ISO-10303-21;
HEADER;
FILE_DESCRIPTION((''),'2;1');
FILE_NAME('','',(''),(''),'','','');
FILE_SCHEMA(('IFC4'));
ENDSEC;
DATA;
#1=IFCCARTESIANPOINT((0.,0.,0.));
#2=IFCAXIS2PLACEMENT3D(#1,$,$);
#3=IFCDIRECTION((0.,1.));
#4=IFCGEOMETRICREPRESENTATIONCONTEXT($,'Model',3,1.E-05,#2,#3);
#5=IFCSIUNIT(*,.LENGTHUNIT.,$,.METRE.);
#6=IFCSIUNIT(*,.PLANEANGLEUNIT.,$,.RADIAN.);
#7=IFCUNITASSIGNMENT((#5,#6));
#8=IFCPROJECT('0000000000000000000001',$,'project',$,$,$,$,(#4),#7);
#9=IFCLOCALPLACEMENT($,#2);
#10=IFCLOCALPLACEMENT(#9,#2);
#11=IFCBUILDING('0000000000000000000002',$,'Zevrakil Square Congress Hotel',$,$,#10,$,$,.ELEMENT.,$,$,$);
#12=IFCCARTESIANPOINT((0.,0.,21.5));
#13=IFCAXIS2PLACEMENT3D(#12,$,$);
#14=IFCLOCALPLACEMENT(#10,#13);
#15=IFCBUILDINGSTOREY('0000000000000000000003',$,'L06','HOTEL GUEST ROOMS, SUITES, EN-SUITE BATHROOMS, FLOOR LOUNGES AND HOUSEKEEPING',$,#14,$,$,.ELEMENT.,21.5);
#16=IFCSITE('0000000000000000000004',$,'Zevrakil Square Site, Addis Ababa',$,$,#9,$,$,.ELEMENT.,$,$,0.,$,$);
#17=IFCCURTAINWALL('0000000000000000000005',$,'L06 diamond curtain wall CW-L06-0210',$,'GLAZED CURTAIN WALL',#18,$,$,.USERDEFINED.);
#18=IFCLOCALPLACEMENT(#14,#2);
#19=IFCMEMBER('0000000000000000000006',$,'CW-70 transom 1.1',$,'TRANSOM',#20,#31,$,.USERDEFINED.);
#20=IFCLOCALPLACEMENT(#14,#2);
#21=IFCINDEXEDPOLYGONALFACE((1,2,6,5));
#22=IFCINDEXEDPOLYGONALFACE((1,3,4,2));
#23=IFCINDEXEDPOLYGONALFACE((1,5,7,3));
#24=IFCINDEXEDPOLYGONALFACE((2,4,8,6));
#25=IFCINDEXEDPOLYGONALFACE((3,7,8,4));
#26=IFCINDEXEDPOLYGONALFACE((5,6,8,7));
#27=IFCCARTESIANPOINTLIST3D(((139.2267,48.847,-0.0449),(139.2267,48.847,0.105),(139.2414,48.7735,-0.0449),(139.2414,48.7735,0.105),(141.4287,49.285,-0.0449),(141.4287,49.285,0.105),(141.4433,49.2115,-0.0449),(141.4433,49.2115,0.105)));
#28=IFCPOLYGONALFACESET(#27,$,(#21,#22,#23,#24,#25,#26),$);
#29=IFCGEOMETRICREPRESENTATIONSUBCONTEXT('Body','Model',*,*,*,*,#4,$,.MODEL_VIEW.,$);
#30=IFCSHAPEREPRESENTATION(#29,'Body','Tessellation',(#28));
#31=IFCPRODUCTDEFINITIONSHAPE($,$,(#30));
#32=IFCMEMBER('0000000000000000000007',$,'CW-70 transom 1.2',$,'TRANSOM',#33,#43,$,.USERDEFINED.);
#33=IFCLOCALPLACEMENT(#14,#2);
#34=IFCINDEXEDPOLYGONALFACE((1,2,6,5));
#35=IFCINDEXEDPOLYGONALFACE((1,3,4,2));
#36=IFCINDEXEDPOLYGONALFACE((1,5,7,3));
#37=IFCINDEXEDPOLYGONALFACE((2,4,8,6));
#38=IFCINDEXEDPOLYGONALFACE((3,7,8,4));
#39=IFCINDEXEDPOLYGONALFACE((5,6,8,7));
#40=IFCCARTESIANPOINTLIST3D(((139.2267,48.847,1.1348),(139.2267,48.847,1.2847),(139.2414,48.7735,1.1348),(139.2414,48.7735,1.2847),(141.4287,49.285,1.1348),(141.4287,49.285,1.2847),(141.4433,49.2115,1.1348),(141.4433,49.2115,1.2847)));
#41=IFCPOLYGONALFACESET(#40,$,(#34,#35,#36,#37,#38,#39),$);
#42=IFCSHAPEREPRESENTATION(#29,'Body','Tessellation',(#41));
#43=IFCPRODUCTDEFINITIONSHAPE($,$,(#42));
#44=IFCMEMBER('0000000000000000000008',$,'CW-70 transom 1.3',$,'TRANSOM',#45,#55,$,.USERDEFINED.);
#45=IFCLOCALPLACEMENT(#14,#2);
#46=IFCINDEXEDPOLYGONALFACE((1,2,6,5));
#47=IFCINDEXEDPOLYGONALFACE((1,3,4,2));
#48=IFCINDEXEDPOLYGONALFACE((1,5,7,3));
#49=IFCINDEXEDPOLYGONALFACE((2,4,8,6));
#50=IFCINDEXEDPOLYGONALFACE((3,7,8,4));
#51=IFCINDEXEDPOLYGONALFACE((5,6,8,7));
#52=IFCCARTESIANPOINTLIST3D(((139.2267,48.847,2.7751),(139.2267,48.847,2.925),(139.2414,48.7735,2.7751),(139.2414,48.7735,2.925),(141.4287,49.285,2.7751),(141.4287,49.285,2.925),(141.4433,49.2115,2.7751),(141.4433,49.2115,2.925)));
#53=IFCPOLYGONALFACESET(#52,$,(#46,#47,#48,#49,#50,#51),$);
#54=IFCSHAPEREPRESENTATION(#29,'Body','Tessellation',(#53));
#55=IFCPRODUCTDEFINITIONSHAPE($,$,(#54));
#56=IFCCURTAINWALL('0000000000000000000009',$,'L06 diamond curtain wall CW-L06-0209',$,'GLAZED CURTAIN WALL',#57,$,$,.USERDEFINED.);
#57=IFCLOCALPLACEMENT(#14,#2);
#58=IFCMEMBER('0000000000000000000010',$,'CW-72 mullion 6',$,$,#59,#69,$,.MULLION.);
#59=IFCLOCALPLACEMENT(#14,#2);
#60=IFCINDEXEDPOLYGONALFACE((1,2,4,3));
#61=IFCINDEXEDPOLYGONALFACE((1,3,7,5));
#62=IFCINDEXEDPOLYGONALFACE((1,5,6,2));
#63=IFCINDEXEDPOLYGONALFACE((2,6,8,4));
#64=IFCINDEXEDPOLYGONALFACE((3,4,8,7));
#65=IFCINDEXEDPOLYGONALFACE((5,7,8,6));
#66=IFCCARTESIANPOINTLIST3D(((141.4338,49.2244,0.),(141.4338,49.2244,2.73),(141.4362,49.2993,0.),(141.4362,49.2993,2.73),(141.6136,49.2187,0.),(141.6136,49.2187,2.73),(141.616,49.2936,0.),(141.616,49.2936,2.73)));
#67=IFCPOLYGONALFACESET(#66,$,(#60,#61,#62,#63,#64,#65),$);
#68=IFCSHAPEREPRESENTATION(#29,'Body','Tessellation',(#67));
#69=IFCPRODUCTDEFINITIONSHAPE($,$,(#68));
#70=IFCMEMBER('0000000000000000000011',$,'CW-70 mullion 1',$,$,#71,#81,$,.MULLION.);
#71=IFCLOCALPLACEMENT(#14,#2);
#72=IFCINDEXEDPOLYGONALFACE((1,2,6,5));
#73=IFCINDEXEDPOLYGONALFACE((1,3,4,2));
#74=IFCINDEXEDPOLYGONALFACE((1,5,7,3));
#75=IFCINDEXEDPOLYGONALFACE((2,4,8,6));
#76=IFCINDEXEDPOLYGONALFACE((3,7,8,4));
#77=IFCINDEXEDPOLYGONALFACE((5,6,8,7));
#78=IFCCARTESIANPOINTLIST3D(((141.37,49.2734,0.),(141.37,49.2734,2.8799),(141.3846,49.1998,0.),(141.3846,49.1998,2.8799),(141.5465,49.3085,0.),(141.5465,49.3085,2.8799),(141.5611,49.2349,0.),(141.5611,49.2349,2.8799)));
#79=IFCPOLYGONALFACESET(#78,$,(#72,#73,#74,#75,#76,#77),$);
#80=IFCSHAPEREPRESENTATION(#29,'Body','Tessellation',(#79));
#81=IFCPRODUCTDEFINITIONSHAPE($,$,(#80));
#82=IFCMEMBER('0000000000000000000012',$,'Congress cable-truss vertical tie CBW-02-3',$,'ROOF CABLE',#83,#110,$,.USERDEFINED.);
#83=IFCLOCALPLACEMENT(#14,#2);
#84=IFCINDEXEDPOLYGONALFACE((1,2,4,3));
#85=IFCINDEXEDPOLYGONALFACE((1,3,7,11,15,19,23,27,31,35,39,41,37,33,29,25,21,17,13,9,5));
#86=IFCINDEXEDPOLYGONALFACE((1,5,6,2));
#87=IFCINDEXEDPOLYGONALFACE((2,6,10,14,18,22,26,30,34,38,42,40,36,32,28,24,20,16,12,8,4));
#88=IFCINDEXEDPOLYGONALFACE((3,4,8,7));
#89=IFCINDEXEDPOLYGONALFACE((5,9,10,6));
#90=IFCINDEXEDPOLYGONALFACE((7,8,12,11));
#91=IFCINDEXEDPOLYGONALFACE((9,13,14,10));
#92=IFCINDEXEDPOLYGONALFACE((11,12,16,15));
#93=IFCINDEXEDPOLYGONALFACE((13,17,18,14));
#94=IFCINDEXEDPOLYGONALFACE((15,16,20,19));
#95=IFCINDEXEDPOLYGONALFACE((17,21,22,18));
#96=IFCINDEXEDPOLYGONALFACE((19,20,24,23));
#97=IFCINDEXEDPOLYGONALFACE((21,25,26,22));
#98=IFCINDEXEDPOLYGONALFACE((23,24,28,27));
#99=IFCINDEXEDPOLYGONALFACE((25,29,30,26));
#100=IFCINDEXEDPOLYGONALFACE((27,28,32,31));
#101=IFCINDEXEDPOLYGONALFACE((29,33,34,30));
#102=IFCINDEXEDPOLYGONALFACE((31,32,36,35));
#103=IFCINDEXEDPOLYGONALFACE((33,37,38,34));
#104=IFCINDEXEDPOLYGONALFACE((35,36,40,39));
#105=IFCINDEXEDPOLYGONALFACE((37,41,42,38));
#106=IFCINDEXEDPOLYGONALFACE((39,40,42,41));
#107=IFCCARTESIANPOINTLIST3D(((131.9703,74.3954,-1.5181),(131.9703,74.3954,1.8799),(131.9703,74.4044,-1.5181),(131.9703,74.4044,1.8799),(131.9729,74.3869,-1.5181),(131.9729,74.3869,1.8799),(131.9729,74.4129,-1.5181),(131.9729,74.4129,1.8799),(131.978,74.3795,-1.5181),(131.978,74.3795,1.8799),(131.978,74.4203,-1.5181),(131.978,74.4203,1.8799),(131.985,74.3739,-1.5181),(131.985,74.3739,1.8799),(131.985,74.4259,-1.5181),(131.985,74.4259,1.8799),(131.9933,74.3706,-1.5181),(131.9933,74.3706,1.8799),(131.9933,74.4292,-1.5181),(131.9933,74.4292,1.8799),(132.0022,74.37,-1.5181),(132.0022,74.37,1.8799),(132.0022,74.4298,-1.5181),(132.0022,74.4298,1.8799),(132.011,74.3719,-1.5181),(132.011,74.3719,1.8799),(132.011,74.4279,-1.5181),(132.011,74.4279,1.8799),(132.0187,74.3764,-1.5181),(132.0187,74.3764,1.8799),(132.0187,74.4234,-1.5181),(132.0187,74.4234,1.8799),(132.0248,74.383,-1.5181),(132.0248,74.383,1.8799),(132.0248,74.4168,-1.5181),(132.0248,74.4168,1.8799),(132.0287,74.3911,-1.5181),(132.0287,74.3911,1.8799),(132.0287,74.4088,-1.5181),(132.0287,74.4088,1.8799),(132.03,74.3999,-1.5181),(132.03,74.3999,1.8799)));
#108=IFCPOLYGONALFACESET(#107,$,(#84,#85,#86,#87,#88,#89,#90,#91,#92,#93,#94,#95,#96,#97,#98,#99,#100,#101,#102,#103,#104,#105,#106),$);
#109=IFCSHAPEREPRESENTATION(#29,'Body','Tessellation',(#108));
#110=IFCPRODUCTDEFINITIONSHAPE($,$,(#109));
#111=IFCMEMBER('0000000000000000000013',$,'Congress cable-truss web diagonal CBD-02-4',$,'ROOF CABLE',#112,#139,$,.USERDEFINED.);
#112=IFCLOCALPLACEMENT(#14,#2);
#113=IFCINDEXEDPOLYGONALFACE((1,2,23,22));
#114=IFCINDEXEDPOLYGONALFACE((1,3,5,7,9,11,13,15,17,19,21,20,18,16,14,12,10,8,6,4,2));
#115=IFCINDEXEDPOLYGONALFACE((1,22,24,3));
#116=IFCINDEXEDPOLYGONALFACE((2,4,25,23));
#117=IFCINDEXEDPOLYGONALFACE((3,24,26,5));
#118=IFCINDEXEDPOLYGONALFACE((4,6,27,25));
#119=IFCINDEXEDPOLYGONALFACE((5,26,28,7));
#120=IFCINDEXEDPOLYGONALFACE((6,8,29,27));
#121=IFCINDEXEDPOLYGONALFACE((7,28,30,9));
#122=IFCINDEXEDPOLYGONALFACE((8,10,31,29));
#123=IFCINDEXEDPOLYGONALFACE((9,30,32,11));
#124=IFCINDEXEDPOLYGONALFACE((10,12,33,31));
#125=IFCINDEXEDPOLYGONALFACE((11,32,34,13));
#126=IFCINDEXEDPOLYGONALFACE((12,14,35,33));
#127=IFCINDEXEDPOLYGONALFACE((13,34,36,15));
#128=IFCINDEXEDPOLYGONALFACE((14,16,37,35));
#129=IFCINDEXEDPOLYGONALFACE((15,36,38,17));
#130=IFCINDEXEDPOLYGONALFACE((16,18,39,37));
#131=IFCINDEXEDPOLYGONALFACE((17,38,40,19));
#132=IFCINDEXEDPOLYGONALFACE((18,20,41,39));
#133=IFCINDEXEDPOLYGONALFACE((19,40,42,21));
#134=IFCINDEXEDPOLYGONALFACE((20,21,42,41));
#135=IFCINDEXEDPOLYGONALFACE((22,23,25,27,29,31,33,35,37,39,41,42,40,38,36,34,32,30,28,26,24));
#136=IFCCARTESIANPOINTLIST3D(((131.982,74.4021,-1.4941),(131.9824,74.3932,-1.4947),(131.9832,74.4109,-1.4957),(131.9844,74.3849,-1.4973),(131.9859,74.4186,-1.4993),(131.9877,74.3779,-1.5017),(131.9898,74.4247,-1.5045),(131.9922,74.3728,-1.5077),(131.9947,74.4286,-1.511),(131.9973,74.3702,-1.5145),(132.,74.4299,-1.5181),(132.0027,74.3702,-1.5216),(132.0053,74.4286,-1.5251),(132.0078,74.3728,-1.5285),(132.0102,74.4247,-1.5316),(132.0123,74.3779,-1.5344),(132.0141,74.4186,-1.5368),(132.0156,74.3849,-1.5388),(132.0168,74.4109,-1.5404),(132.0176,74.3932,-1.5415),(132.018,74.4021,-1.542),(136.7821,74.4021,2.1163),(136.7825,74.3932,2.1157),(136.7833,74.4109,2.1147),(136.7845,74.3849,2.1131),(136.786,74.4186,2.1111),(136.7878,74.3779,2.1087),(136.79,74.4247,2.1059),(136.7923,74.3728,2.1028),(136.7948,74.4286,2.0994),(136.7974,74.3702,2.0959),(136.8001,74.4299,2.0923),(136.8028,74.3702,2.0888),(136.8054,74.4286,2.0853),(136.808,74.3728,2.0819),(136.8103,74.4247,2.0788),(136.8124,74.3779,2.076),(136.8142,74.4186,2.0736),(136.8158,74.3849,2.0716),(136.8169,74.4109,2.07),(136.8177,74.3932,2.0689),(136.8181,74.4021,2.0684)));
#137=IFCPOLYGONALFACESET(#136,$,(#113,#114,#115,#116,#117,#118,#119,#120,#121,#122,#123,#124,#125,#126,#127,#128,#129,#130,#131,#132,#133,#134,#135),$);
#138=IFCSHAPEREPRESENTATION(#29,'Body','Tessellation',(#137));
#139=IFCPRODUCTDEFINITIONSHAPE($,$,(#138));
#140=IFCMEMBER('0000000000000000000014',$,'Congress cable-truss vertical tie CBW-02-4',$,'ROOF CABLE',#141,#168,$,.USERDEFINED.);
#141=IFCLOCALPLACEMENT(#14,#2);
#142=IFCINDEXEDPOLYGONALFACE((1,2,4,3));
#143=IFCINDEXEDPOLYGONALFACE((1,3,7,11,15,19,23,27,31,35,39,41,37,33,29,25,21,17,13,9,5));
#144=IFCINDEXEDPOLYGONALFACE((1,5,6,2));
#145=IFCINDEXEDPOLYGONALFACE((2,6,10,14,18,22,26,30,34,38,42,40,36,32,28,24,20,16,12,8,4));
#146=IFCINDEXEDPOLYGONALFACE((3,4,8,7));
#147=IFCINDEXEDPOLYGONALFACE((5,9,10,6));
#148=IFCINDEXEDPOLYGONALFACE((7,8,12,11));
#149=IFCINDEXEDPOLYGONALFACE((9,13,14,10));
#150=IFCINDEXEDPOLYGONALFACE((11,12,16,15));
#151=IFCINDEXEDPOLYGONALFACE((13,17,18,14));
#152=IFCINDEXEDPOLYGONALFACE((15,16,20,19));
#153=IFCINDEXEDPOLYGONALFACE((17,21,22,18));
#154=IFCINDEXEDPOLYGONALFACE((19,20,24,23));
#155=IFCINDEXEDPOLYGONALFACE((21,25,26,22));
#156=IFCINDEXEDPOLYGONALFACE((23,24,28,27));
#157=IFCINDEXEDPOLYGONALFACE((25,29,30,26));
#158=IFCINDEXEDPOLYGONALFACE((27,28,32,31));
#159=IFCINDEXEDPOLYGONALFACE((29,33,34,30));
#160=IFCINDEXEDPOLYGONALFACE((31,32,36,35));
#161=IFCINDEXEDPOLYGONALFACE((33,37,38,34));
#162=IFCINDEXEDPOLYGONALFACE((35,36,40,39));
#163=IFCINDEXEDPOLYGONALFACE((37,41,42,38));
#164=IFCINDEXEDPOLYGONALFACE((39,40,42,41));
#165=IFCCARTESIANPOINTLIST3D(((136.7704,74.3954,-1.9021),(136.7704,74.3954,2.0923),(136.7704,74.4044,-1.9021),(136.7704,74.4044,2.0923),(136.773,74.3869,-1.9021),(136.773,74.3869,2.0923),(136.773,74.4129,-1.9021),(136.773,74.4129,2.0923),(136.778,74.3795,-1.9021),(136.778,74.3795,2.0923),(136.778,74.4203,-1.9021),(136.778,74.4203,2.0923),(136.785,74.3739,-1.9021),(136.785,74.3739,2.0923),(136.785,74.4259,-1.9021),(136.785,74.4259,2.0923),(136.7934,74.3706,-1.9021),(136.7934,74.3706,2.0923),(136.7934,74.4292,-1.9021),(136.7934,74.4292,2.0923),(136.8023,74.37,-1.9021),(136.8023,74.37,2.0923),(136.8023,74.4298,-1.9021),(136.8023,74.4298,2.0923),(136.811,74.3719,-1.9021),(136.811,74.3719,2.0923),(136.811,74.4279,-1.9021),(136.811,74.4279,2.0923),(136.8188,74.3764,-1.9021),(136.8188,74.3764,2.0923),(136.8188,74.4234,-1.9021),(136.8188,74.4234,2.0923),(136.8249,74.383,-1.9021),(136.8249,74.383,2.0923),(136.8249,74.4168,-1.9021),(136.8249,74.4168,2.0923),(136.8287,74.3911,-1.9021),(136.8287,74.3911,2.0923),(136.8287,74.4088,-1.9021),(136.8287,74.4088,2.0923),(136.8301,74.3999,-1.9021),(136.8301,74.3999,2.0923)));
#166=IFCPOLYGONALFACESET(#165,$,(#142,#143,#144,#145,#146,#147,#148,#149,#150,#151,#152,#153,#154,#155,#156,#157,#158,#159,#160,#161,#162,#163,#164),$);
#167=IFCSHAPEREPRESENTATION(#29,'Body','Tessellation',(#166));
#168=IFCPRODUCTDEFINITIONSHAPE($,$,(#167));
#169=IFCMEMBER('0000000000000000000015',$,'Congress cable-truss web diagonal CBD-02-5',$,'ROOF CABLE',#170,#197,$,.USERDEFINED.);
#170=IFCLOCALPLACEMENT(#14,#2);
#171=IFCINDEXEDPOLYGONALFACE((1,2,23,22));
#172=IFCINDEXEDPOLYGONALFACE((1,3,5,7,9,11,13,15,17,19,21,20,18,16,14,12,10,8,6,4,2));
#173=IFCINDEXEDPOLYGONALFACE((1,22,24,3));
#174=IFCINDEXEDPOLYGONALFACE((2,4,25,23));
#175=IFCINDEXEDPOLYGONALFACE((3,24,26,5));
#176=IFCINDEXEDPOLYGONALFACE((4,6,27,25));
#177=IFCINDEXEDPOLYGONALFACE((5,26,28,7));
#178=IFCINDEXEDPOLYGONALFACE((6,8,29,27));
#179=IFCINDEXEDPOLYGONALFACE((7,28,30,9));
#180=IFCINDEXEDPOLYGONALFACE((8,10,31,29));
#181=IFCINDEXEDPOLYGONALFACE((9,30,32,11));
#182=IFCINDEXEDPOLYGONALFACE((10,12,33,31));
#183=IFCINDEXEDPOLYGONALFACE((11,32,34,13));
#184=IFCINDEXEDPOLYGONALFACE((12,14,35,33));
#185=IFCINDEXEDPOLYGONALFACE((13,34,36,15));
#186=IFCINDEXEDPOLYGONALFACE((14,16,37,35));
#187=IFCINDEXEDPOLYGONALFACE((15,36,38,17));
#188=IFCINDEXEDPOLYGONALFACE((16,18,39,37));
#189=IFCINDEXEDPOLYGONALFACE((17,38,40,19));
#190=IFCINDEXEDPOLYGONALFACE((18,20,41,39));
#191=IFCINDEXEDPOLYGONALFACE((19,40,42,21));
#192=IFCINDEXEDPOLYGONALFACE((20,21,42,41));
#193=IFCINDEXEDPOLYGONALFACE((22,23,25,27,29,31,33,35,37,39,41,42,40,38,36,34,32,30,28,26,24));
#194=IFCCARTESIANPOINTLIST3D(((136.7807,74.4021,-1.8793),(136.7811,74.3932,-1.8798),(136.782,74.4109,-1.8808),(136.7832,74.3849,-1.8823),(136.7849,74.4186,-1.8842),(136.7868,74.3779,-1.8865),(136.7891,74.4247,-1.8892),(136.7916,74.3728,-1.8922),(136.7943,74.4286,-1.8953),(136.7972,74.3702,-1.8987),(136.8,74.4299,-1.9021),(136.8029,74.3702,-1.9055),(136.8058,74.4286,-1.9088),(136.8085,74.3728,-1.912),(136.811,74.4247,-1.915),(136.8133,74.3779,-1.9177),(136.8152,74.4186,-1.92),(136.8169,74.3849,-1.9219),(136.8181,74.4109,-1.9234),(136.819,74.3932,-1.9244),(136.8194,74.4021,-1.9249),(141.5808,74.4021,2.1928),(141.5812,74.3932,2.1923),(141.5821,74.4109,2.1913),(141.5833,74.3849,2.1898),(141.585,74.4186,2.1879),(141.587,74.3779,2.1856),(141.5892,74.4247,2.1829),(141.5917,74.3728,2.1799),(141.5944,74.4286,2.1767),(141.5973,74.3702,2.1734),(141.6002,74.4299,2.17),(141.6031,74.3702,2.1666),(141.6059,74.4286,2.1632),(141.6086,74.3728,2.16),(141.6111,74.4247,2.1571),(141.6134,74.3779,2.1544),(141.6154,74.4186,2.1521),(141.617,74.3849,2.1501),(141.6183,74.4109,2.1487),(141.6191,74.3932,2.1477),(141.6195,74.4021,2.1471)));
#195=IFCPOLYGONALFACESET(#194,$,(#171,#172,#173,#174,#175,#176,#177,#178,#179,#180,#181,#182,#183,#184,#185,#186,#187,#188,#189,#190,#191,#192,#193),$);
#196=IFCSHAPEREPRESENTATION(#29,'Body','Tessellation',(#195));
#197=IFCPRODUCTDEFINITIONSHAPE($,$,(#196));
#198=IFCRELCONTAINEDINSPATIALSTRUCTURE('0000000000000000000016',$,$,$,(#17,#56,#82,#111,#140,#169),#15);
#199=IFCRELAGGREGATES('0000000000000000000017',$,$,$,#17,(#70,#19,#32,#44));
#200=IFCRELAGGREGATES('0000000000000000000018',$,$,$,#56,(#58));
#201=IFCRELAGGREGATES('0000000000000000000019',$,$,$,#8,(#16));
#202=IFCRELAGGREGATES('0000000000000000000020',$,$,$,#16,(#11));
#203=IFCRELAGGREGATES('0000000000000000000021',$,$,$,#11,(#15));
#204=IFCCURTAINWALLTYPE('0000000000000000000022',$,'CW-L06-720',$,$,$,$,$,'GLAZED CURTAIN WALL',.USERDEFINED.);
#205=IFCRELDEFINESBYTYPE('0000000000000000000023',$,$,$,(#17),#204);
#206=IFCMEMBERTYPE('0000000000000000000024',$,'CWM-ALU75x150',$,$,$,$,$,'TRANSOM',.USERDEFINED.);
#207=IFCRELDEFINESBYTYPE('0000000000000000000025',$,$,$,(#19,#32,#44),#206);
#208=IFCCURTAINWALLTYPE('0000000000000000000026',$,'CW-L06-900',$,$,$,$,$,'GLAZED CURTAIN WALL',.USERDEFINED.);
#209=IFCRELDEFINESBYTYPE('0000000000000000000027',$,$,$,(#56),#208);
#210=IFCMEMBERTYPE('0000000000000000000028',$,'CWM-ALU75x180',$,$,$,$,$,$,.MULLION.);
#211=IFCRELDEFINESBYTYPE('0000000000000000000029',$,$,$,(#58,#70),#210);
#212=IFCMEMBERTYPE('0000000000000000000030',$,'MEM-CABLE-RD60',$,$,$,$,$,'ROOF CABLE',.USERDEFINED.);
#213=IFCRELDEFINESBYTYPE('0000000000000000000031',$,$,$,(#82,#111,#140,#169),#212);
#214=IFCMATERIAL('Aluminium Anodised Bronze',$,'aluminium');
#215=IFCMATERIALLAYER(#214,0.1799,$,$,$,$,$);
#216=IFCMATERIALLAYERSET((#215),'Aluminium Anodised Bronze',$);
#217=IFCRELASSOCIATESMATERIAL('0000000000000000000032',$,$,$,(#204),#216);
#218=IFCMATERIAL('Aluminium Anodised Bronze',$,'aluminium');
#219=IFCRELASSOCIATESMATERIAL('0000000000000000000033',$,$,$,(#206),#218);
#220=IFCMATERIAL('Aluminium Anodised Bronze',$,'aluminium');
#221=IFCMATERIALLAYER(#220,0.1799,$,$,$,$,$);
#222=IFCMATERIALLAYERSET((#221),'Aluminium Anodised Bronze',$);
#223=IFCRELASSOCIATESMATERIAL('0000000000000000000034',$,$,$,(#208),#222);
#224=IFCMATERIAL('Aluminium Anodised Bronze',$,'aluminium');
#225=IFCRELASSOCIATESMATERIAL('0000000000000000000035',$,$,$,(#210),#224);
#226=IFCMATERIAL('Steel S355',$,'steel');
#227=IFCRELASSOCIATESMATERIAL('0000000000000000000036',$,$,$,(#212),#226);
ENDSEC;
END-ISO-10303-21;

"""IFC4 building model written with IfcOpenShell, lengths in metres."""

from ifc_helpers import new_model, si_unit, direction, frame, origin, origin_2d, place, context, subcontext, project, spatial, rectangle, circle, extrude, material, layer, layer_set, material_profile, profile_set, type_object, element, aggregate, save


model = new_model("IFC4")

# Units and contexts
model_context = context("Model", 3, precision=1e-05, world=origin(), true_north=direction((0.0, 1.0)))
body_context = subcontext(model_context, "Body", "Model", "MODEL_VIEW")
ifc_project = project(units=[si_unit("LENGTHUNIT", "METRE"), si_unit("PLANEANGLEUNIT", "RADIAN")], contexts=[model_context])

# Site, building, storey
site_placement = place(None, origin())
site = spatial("IfcSite", under=ifc_project, at=site_placement, Name="Zevrakil Square Site, Addis Ababa", CompositionType="ELEMENT", RefElevation=0.0)
building_placement = place(site_placement, origin())
building = spatial("IfcBuilding", under=site, at=building_placement, Name="Zevrakil Square Congress Hotel", CompositionType="ELEMENT")
storey_placement = place(building_placement, frame((0.0, 0.0, 21.5)))
storey = spatial("IfcBuildingStorey", under=building, at=storey_placement, Name="L06", Description="HOTEL GUEST ROOMS, SUITES, EN-SUITE BATHROOMS, FLOOR LOUNGES AND HOUSEKEEPING", CompositionType="ELEMENT", Elevation=21.5)

# Curtain wall, members
ifc_material_1 = material(Name="Aluminium Anodised Bronze", Category="aluminium")
ifc_layer_1 = layer(ifc_material_1, 0.1799)
ifc_layer_set_1 = layer_set([ifc_layer_1], Name="Aluminium Anodised Bronze")
curtain_wall_type_1 = type_object("IfcCurtainWallType", Name="CW-L06-720", ElementType="GLAZED CURTAIN WALL", PredefinedType="USERDEFINED", material=ifc_layer_set_1)
curtain_wall_1_placement = place(storey_placement, origin())
curtain_wall_1 = element("IfcCurtainWall", 1, at=curtain_wall_1_placement, inside=storey, type_object=curtain_wall_type_1, Name="L06 diamond curtain wall CW-L06-0210", ObjectType="GLAZED CURTAIN WALL", PredefinedType="USERDEFINED")
ifc_material_2 = material(Name="Aluminium Anodised Bronze", Category="aluminium")
ifc_material_profile_1 = material_profile(ifc_material_2, rectangle(XDim=0.075, YDim=0.1499, at=origin_2d()), Name="ALU 75x150")
ifc_profile_set_1 = profile_set([ifc_material_profile_1], Name="Aluminium Anodised Bronze")
member_type_1 = type_object("IfcMemberType", Name="CWM-ALU75x150", ElementType="TRANSOM", PredefinedType="USERDEFINED", material=ifc_profile_set_1)
member_1_placement = place(storey_placement, frame((141.436, 49.2483, 0.03), z_axis=(-0.980785, -0.195091, 0.0), x_axis=(0.195091, -0.980785, 0.0)))
member_1 = element("IfcMember", 2, at=member_1_placement, type_object=member_type_1, Name="CW-70 transom 1.1", ObjectType="TRANSOM", PredefinedType="USERDEFINED", context=body_context, shape_type="SweptSolid", body=[
    extrude(rectangle(XDim=0.075, YDim=0.1499, at=origin_2d()), origin(), (0.0, 0.0, 1.0), 2.2451),
])
member_2_placement = place(storey_placement, frame((141.436, 49.2483, 1.2097), z_axis=(-0.980785, -0.195091, 0.0), x_axis=(0.195091, -0.980785, 0.0)))
member_2 = element("IfcMember", 3, at=member_2_placement, type_object=member_type_1, Name="CW-70 transom 1.2", ObjectType="TRANSOM", PredefinedType="USERDEFINED", context=body_context, shape_type="SweptSolid", body=[
    extrude(rectangle(XDim=0.075, YDim=0.1499, at=origin_2d()), origin(), (0.0, 0.0, 1.0), 2.2451),
])
member_3_placement = place(storey_placement, frame((141.436, 49.2483, 2.8501), z_axis=(-0.980785, -0.195091, 0.0), x_axis=(0.195091, -0.980785, 0.0)))
member_3 = element("IfcMember", 4, at=member_3_placement, type_object=member_type_1, Name="CW-70 transom 1.3", ObjectType="TRANSOM", PredefinedType="USERDEFINED", context=body_context, shape_type="SweptSolid", body=[
    extrude(rectangle(XDim=0.075, YDim=0.1499, at=origin_2d()), origin(), (0.0, 0.0, 1.0), 2.2451),
])

# Curtain wall, member
ifc_material_3 = material(Name="Aluminium Anodised Bronze", Category="aluminium")
ifc_layer_2 = layer(ifc_material_3, 0.1799)
ifc_layer_set_2 = layer_set([ifc_layer_2], Name="Aluminium Anodised Bronze")
curtain_wall_type_2 = type_object("IfcCurtainWallType", Name="CW-L06-900", ElementType="GLAZED CURTAIN WALL", PredefinedType="USERDEFINED", material=ifc_layer_set_2)
curtain_wall_2_placement = place(storey_placement, origin())
curtain_wall_2 = element("IfcCurtainWall", 5, at=curtain_wall_2_placement, inside=storey, type_object=curtain_wall_type_2, Name="L06 diamond curtain wall CW-L06-0209", ObjectType="GLAZED CURTAIN WALL", PredefinedType="USERDEFINED")
ifc_material_4 = material(Name="Aluminium Anodised Bronze", Category="aluminium")
ifc_material_profile_2 = material_profile(ifc_material_4, rectangle(XDim=0.075, YDim=0.1799, at=origin_2d()), Name="ALU 75x180")
ifc_profile_set_2 = profile_set([ifc_material_profile_2], Name="Aluminium Anodised Bronze")
member_type_2 = type_object("IfcMemberType", Name="CWM-ALU75x180", PredefinedType="MULLION", material=ifc_profile_set_2)
member_4_placement = place(storey_placement, frame((141.5249, 49.259, 0.0), z_axis=(0.0, 0.0, 1.0), x_axis=(-0.031598, -0.999501, 0.0)))
member_4 = element("IfcMember", 6, at=member_4_placement, type_object=member_type_2, Name="CW-72 mullion 6", PredefinedType="MULLION", context=body_context, shape_type="SweptSolid", body=[
    extrude(rectangle(XDim=0.075, YDim=0.1799, at=origin_2d()), origin(), (0.0, 0.0, 1.0), 2.73),
])

# Member
member_5_placement = place(storey_placement, frame((141.4656, 49.2542, 0.0), z_axis=(0.0, 0.0, 1.0), x_axis=(0.195084, -0.980787, 0.0)))
member_5 = element("IfcMember", 7, at=member_5_placement, type_object=member_type_2, Name="CW-70 mullion 1", PredefinedType="MULLION", context=body_context, shape_type="SweptSolid", body=[
    extrude(rectangle(XDim=0.075, YDim=0.1799, at=origin_2d()), origin(), (0.0, 0.0, 1.0), 2.8799),
])
aggregate(curtain_wall_1, [member_5, member_1, member_2, member_3])

# Members
ifc_material_5 = material(Name="Steel S355", Category="steel")
ifc_material_profile_3 = material_profile(ifc_material_5, circle(Radius=0.03, at=origin_2d()), Name="CABLE RD60")
ifc_profile_set_3 = profile_set([ifc_material_profile_3], Name="Steel S355")
member_type_3 = type_object("IfcMemberType", Name="MEM-CABLE-RD60", ElementType="ROOF CABLE", PredefinedType="USERDEFINED", material=ifc_profile_set_3)
member_6_placement = place(storey_placement, frame((132.0, 74.3999, -1.5181), z_axis=(0.0, 0.0, 1.0), x_axis=(1.0, 0.0, 0.0)))
element("IfcMember", 8, at=member_6_placement, inside=storey, type_object=member_type_3, Name="Congress cable-truss vertical tie CBW-02-3", ObjectType="ROOF CABLE", PredefinedType="USERDEFINED", context=body_context, shape_type="SweptSolid", body=[
    extrude(circle(Radius=0.03, at=origin_2d()), origin(), (0.0, 0.0, 1.0), 3.3979),
])
member_7_placement = place(storey_placement, frame((132.0, 74.3999, -1.5181), z_axis=(0.799175, 0.0, 0.601099), x_axis=(0.0, 1.0, 0.0)))
element("IfcMember", 9, at=member_7_placement, inside=storey, type_object=member_type_3, Name="Congress cable-truss web diagonal CBD-02-4", ObjectType="ROOF CABLE", PredefinedType="USERDEFINED", context=body_context, shape_type="SweptSolid", body=[
    extrude(circle(Radius=0.03, at=origin_2d()), origin(), (0.0, 0.0, 1.0), 6.0063),
])
member_8_placement = place(storey_placement, frame((136.8, 74.3999, -1.9021), z_axis=(0.0, 0.0, 1.0), x_axis=(1.0, 0.0, 0.0)))
element("IfcMember", 10, at=member_8_placement, inside=storey, type_object=member_type_3, Name="Congress cable-truss vertical tie CBW-02-4", ObjectType="ROOF CABLE", PredefinedType="USERDEFINED", context=body_context, shape_type="SweptSolid", body=[
    extrude(circle(Radius=0.03, at=origin_2d()), origin(), (0.0, 0.0, 1.0), 3.9944),
])
member_9_placement = place(storey_placement, frame((136.8, 74.3999, -1.9021), z_axis=(0.762568, 0.0, 0.646908), x_axis=(0.0, 1.0, 0.0)))
element("IfcMember", 11, at=member_9_placement, inside=storey, type_object=member_type_3, Name="Congress cable-truss web diagonal CBD-02-5", ObjectType="ROOF CABLE", PredefinedType="USERDEFINED", context=body_context, shape_type="SweptSolid", body=[
    extrude(circle(Radius=0.03, at=origin_2d()), origin(), (0.0, 0.0, 1.0), 6.2947),
])

aggregate(curtain_wall_2, [member_4])

save(model, "model.ifc")
